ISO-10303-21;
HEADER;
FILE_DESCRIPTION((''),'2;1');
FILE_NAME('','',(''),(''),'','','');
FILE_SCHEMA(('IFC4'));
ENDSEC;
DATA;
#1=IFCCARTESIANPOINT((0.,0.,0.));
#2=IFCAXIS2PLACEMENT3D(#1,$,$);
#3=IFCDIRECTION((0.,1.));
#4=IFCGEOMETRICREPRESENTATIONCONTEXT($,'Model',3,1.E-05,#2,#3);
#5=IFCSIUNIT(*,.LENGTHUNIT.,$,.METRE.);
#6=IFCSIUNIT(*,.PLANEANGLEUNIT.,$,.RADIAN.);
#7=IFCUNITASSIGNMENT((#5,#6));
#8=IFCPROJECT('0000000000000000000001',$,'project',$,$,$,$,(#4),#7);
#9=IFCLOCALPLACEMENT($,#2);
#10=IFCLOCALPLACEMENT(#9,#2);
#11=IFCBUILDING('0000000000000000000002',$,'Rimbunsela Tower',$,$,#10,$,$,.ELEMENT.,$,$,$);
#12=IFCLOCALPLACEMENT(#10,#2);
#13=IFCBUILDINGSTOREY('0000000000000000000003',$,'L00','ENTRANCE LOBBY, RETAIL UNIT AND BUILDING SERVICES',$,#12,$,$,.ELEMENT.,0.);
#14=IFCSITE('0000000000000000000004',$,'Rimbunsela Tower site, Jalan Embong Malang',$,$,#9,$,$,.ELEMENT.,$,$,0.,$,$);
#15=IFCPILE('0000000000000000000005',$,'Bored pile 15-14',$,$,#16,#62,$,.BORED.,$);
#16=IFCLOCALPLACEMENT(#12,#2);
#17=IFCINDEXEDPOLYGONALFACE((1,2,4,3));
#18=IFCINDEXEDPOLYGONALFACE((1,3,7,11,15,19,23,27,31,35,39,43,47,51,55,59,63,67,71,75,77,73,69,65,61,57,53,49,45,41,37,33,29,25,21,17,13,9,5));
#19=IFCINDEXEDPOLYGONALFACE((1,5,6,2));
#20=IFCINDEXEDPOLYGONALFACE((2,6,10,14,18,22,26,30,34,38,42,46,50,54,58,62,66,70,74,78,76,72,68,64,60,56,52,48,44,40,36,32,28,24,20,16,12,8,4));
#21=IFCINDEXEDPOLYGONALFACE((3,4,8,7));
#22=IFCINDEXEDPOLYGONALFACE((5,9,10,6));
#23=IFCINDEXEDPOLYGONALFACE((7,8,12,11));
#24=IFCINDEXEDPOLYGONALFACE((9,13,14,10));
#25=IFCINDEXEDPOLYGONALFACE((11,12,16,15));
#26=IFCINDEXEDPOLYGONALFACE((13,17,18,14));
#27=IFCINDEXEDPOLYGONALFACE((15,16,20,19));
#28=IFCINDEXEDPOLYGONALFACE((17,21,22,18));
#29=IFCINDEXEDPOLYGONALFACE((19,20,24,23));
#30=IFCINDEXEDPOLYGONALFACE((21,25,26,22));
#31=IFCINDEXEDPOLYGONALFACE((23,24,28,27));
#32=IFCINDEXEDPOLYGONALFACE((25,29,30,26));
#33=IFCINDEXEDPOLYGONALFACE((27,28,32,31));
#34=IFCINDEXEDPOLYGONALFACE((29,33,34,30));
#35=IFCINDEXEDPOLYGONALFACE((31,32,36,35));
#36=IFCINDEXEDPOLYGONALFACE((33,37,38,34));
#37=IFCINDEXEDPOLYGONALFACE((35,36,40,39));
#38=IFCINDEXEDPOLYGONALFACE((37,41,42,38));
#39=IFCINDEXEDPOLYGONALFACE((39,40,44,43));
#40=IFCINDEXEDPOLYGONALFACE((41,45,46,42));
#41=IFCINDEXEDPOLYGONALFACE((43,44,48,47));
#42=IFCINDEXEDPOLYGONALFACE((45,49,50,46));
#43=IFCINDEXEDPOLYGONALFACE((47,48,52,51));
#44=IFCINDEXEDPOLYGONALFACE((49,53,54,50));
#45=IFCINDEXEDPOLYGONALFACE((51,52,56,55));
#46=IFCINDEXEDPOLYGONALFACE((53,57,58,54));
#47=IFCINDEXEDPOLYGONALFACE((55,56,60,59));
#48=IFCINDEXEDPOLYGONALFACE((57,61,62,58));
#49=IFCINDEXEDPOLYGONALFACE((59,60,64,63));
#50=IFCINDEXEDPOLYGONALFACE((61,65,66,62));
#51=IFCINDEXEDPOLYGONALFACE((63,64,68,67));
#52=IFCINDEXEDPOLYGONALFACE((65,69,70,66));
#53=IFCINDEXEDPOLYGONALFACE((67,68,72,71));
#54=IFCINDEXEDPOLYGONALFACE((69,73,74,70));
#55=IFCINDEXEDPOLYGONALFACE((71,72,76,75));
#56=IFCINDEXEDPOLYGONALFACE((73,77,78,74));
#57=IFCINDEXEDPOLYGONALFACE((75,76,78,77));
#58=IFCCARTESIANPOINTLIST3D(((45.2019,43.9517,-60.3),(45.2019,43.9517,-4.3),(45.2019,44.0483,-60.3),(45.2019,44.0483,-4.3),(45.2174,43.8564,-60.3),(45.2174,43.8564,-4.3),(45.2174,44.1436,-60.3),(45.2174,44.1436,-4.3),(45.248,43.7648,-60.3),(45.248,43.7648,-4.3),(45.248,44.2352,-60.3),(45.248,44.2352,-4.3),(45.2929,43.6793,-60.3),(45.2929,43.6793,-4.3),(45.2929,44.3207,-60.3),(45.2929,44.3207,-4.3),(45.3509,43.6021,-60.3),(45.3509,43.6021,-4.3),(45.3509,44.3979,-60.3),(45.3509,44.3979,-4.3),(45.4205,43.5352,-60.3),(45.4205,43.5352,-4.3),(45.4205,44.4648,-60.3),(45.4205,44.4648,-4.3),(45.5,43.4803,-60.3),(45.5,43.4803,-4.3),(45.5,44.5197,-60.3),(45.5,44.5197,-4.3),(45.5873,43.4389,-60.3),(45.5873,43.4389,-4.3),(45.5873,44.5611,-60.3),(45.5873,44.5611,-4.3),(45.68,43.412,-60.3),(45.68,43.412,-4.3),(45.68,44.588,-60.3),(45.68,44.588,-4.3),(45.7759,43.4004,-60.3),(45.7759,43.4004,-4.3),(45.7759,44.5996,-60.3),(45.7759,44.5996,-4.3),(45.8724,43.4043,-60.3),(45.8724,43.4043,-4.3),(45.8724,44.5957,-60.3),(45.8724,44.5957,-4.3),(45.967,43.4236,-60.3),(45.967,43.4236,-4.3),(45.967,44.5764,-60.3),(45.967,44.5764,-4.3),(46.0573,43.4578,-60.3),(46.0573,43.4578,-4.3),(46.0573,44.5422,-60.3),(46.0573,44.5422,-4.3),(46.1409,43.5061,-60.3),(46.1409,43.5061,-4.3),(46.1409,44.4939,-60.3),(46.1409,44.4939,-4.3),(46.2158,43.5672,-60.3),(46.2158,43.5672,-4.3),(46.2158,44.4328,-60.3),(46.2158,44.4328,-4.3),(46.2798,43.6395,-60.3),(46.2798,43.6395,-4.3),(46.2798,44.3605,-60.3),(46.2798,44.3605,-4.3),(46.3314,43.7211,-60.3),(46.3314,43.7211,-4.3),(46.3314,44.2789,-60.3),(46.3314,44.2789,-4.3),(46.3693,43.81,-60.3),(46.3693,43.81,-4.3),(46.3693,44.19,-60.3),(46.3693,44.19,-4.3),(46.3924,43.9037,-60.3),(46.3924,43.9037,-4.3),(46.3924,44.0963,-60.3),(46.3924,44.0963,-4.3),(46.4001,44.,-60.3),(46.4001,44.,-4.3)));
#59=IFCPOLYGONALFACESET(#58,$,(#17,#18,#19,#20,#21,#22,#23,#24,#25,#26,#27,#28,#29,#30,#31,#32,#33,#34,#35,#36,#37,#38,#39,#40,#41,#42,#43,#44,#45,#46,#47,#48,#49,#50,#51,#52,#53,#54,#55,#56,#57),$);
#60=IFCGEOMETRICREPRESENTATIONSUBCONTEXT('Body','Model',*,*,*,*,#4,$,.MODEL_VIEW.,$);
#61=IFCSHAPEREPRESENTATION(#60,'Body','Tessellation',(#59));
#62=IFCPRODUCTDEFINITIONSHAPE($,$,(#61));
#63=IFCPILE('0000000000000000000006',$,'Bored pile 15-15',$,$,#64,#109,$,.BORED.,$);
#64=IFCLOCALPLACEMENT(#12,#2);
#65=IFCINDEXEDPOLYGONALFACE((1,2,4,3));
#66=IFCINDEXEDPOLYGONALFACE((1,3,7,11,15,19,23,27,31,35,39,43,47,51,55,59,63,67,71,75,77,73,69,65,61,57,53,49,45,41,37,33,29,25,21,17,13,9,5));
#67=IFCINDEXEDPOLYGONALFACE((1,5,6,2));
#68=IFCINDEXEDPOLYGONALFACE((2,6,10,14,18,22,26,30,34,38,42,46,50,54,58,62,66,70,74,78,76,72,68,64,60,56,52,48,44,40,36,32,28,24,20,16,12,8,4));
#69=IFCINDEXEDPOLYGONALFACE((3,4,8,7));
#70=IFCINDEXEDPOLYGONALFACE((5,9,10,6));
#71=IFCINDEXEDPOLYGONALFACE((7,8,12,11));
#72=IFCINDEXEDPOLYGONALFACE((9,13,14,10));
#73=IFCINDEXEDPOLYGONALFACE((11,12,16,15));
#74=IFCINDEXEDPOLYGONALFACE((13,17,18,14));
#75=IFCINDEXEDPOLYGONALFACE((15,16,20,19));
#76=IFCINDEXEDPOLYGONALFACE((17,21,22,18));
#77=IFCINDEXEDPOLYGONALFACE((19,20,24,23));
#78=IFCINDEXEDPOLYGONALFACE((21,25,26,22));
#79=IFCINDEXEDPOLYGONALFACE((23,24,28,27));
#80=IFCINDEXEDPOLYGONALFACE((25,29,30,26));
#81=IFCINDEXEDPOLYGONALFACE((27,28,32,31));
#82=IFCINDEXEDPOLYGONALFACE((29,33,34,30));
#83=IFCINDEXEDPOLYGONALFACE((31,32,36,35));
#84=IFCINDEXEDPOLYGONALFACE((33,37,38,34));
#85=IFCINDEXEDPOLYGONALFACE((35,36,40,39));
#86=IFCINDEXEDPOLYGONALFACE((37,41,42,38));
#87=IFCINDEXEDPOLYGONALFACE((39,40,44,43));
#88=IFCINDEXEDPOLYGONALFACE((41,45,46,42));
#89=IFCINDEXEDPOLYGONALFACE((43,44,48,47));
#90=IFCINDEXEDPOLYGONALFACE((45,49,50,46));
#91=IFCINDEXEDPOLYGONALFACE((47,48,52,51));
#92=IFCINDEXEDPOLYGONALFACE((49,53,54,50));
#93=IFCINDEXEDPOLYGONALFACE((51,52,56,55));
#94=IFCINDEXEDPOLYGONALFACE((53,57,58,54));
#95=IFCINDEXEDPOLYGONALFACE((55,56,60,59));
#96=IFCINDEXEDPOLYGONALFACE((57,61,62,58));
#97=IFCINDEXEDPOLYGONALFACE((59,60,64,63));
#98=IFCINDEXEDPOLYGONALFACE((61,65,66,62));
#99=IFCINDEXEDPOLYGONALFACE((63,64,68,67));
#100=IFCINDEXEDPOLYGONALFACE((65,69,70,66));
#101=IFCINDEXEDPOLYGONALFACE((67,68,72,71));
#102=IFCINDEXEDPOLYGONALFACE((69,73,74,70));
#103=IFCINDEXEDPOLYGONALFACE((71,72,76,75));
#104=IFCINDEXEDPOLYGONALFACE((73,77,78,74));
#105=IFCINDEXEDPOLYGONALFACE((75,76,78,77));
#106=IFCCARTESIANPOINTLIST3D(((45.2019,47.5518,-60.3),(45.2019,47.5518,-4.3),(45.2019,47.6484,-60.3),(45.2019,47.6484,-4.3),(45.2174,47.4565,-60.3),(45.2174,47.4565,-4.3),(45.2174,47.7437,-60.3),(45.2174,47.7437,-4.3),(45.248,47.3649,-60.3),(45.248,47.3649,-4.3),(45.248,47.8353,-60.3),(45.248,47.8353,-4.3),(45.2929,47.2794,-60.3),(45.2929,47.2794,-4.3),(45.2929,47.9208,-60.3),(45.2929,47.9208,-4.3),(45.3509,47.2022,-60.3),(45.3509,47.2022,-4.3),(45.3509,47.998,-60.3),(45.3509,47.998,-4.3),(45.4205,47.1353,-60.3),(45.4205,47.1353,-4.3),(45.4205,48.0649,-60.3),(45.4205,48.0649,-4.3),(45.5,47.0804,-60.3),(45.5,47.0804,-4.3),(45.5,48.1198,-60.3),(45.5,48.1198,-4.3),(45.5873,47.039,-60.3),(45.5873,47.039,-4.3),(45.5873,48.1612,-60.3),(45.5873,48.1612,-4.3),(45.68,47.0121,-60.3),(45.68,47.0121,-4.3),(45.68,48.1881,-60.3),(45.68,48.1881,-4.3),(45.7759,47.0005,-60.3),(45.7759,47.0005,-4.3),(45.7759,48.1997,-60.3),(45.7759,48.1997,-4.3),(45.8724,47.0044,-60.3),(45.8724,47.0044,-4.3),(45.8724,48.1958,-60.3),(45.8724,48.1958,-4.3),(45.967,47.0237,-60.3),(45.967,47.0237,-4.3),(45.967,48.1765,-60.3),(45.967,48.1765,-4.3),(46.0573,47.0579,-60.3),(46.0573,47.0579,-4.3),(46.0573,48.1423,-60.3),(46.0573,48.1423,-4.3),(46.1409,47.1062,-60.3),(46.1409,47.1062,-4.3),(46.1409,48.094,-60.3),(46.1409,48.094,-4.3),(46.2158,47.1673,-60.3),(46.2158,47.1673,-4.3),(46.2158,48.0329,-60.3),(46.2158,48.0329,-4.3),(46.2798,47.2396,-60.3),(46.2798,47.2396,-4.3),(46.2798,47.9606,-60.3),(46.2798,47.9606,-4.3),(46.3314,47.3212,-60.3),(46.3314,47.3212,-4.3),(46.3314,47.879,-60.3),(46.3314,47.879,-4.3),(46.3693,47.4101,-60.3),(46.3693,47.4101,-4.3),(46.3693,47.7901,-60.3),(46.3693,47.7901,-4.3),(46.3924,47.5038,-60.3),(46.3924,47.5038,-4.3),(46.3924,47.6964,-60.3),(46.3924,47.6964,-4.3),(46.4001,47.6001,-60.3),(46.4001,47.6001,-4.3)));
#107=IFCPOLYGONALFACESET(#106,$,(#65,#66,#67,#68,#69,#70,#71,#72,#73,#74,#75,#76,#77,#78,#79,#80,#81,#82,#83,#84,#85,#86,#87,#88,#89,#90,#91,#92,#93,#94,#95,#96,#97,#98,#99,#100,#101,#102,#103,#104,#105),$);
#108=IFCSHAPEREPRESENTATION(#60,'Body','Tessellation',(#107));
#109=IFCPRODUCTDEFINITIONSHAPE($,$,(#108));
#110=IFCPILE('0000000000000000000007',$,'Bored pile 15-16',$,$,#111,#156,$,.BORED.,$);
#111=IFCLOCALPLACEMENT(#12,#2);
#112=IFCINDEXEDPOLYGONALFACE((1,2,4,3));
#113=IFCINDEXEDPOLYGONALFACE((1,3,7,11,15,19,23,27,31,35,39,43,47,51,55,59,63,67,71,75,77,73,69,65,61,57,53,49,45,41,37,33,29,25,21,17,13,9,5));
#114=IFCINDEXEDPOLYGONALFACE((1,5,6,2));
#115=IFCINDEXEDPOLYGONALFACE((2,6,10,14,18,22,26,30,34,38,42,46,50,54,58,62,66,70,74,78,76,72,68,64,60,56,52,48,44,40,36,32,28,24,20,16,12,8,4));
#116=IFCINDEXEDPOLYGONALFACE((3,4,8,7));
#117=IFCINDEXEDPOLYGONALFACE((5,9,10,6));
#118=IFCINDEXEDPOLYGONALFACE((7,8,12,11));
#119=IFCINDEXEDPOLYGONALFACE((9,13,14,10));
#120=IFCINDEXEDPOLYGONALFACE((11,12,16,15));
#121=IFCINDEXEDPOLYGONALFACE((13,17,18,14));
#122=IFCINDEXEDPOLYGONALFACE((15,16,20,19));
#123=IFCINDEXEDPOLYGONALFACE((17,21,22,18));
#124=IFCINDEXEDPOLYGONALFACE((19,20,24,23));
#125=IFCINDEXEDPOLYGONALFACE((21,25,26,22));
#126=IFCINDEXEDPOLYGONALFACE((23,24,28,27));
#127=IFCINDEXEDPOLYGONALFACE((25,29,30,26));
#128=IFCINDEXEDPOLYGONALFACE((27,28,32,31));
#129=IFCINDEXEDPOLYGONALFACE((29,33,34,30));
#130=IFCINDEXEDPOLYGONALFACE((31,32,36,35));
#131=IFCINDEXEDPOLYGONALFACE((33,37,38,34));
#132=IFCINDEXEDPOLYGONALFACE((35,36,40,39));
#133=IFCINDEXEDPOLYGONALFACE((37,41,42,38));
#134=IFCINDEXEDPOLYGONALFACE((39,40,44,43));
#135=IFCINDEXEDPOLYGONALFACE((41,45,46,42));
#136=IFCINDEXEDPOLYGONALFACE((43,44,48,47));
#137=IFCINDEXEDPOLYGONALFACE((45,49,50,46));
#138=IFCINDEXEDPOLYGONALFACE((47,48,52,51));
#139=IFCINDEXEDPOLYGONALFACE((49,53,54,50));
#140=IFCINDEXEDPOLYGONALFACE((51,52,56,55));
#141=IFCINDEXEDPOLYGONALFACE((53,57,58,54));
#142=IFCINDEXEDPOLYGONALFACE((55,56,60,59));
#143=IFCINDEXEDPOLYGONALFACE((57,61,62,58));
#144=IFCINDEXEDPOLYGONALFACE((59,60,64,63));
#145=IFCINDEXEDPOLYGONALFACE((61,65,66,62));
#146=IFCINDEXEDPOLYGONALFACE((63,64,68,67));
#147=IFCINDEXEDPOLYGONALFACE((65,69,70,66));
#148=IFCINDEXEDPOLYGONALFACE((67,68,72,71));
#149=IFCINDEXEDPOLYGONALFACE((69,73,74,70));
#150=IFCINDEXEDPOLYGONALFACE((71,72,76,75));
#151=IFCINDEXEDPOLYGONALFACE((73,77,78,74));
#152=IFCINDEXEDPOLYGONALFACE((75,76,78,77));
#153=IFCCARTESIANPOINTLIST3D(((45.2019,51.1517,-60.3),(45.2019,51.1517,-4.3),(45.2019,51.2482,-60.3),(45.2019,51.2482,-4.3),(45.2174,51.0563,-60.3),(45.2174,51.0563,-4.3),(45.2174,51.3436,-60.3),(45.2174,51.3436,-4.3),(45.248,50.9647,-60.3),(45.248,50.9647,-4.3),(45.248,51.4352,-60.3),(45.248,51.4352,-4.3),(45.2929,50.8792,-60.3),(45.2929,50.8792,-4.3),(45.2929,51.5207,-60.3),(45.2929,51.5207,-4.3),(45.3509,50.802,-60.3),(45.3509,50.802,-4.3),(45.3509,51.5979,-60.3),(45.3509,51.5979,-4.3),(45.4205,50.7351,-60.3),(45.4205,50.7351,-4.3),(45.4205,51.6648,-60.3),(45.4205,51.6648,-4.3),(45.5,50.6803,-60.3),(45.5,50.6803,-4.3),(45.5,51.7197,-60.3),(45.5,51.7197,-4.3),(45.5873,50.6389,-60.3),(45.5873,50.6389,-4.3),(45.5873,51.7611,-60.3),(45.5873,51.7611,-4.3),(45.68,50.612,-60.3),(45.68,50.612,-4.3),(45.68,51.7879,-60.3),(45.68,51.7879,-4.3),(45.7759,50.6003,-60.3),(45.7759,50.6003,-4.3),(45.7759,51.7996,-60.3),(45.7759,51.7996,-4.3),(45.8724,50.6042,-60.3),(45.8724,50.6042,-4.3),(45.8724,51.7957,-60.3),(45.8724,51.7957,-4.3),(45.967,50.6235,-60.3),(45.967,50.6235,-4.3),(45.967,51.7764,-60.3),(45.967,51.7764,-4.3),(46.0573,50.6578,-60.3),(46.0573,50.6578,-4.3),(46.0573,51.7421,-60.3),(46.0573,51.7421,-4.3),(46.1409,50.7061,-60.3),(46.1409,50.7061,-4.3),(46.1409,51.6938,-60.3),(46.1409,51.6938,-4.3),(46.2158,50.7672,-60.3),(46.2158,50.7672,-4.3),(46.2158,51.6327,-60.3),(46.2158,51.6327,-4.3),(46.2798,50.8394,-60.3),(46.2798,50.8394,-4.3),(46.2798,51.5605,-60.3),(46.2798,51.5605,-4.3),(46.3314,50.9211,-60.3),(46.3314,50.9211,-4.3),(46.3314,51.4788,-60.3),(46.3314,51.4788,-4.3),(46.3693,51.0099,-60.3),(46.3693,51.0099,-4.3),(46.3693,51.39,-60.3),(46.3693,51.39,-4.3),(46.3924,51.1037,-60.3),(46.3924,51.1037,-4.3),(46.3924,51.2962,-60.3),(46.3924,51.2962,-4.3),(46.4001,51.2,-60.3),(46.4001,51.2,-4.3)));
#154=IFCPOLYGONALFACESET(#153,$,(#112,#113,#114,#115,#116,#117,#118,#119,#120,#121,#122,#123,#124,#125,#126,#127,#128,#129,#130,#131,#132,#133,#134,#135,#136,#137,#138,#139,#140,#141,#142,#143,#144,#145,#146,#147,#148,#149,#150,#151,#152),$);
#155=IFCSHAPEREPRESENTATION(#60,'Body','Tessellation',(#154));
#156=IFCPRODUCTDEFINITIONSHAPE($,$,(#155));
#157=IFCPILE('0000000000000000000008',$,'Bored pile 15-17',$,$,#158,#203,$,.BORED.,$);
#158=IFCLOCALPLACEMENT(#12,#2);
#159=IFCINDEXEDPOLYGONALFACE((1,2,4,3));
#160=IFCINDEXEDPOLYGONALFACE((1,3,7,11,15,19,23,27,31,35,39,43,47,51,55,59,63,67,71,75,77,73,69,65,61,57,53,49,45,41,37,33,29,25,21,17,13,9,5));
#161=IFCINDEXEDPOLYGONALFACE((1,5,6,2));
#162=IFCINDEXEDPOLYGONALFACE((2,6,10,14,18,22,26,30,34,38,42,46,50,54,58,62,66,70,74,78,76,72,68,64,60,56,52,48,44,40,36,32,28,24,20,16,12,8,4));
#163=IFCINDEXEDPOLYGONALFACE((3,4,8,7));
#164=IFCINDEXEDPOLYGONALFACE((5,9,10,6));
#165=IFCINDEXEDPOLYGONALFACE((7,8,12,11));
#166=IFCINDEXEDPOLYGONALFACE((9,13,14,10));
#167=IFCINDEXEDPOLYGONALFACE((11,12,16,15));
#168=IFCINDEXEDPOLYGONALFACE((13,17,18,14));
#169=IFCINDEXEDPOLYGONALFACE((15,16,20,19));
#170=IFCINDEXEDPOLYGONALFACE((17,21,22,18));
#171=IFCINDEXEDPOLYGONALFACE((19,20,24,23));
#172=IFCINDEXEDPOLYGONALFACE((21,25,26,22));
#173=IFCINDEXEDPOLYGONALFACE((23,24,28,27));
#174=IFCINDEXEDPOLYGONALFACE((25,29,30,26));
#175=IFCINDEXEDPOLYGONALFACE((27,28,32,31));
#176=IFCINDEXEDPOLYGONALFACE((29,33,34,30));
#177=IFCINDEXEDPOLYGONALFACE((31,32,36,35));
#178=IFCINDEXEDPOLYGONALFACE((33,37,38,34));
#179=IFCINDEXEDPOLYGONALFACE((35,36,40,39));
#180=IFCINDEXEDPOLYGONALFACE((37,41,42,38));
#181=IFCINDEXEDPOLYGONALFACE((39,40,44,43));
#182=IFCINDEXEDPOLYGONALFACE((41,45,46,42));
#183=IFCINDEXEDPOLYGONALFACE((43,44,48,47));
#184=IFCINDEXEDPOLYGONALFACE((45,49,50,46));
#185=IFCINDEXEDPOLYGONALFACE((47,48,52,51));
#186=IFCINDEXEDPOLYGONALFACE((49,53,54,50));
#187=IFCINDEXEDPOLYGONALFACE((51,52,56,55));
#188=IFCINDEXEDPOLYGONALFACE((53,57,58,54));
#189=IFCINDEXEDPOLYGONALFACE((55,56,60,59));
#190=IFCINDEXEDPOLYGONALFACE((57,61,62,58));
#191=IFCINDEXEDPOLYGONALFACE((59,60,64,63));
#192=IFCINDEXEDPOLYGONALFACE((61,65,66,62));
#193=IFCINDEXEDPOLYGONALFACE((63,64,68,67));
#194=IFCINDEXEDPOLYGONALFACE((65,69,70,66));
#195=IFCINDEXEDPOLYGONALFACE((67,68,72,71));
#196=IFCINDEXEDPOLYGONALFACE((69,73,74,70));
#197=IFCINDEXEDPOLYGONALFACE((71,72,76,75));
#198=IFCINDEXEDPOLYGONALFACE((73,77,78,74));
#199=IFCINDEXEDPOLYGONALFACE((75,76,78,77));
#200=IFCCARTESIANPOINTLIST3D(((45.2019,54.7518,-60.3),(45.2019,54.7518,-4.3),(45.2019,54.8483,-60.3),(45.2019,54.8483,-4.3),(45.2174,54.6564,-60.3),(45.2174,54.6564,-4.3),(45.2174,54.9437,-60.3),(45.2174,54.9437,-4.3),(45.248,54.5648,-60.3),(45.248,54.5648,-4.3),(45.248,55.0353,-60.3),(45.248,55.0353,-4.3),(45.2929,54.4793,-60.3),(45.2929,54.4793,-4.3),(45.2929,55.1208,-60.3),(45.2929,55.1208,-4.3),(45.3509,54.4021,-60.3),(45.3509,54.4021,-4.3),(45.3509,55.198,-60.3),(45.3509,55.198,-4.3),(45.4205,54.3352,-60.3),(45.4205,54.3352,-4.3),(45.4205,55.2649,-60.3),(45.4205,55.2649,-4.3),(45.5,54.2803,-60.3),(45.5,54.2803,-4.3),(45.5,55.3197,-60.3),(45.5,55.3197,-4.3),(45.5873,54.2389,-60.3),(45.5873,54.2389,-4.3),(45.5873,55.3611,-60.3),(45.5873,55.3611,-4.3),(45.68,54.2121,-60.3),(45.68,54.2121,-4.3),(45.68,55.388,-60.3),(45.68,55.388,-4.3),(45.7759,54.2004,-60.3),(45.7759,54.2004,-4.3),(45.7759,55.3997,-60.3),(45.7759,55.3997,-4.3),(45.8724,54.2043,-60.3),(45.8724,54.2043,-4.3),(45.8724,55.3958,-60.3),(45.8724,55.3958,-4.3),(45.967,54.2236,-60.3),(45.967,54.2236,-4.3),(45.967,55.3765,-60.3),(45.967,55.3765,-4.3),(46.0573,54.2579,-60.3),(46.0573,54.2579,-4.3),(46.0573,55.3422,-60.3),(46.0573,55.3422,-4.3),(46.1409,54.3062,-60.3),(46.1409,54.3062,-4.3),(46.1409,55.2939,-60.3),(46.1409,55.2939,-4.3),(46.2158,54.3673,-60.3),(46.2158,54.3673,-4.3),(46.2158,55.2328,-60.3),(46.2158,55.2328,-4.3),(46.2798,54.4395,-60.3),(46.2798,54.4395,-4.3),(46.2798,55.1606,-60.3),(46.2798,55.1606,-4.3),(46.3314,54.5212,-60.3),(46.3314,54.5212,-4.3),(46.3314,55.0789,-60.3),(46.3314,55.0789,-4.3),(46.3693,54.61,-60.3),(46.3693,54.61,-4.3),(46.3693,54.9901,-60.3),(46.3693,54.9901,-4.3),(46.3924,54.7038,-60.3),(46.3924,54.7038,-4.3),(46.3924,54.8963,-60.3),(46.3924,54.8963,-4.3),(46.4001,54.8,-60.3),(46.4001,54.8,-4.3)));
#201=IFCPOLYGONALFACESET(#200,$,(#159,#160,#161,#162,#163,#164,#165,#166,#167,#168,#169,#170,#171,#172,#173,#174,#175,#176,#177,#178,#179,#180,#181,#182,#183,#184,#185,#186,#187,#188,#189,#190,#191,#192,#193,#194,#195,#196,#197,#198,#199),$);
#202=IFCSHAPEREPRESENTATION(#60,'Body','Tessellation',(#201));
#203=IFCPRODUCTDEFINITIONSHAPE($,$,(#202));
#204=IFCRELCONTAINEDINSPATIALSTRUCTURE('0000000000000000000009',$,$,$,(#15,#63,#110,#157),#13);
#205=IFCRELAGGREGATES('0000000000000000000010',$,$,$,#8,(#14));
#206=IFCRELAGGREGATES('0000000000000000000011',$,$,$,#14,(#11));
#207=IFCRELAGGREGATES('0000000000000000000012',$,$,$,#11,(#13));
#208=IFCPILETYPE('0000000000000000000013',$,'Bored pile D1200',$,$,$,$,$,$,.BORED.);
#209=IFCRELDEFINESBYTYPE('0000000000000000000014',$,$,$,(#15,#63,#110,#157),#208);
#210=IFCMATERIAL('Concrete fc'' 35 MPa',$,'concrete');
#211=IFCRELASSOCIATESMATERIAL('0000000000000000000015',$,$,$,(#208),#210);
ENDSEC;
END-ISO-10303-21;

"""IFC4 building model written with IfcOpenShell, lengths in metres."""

from ifc_helpers import new_model, si_unit, direction, frame, origin, origin_2d, place, context, subcontext, project, spatial, circle, extrude, material, material_profile, profile_set, type_object, element, save


model = new_model("IFC4")

# Units and contexts
model_context = context("Model", 3, precision=1e-05, world=origin(), true_north=direction((0.0, 1.0)))
body_context = subcontext(model_context, "Body", "Model", "MODEL_VIEW")
ifc_project = project(units=[si_unit("LENGTHUNIT", "METRE"), si_unit("PLANEANGLEUNIT", "RADIAN")], contexts=[model_context])

# Site, building, storey
site_placement = place(None, origin())
site = spatial("IfcSite", under=ifc_project, at=site_placement, Name="Rimbunsela Tower site, Jalan Embong Malang", CompositionType="ELEMENT", RefElevation=0.0)
building_placement = place(site_placement, origin())
building = spatial("IfcBuilding", under=site, at=building_placement, Name="Rimbunsela Tower", CompositionType="ELEMENT")
storey_placement = place(building_placement, origin())
storey = spatial("IfcBuildingStorey", under=building, at=storey_placement, Name="L00", Description="ENTRANCE LOBBY, RETAIL UNIT AND BUILDING SERVICES", CompositionType="ELEMENT", Elevation=0.0)

# Piles
ifc_material_1 = material(Name="Concrete fc' 35 MPa", Category="concrete")
ifc_material_profile_1 = material_profile(ifc_material_1, circle(Radius=0.6001, at=origin_2d()), Name="BP D1200")
ifc_profile_set_1 = profile_set([ifc_material_profile_1], Name="Concrete fc' 35 MPa")
pile_type = type_object("IfcPileType", Name="Bored pile D1200", PredefinedType="BORED", material=ifc_profile_set_1)
for number, where, z_axis, x_axis, name in (
    (1, (45.8, 44.0, -4.3), (0.0, 0.0, -1.0), (1.0, 0.0, 0.0), "Bored pile 15-14"),
    (2, (45.8, 47.6001, -4.3), (0.0, 0.0, -1.0), (1.0, 0.0, 0.0), "Bored pile 15-15"),
    (3, (45.8, 51.2, -4.3), (0.0, 0.0, -1.0), (1.0, 0.0, 0.0), "Bored pile 15-16"),
    (4, (45.8, 54.8, -4.3), (0.0, 0.0, -1.0), (1.0, 0.0, 0.0), "Bored pile 15-17"),
):
    element("IfcPile", number, at=place(storey_placement, frame(where, z_axis=z_axis, x_axis=x_axis)), inside=storey, type_object=pile_type, Name=name, PredefinedType="BORED", context=body_context, shape_type="SweptSolid", body=[
        extrude(circle(Radius=0.6001, at=origin_2d()), origin(), (0.0, 0.0, 1.0), 56.0),
    ])

save(model, "model.ifc")
